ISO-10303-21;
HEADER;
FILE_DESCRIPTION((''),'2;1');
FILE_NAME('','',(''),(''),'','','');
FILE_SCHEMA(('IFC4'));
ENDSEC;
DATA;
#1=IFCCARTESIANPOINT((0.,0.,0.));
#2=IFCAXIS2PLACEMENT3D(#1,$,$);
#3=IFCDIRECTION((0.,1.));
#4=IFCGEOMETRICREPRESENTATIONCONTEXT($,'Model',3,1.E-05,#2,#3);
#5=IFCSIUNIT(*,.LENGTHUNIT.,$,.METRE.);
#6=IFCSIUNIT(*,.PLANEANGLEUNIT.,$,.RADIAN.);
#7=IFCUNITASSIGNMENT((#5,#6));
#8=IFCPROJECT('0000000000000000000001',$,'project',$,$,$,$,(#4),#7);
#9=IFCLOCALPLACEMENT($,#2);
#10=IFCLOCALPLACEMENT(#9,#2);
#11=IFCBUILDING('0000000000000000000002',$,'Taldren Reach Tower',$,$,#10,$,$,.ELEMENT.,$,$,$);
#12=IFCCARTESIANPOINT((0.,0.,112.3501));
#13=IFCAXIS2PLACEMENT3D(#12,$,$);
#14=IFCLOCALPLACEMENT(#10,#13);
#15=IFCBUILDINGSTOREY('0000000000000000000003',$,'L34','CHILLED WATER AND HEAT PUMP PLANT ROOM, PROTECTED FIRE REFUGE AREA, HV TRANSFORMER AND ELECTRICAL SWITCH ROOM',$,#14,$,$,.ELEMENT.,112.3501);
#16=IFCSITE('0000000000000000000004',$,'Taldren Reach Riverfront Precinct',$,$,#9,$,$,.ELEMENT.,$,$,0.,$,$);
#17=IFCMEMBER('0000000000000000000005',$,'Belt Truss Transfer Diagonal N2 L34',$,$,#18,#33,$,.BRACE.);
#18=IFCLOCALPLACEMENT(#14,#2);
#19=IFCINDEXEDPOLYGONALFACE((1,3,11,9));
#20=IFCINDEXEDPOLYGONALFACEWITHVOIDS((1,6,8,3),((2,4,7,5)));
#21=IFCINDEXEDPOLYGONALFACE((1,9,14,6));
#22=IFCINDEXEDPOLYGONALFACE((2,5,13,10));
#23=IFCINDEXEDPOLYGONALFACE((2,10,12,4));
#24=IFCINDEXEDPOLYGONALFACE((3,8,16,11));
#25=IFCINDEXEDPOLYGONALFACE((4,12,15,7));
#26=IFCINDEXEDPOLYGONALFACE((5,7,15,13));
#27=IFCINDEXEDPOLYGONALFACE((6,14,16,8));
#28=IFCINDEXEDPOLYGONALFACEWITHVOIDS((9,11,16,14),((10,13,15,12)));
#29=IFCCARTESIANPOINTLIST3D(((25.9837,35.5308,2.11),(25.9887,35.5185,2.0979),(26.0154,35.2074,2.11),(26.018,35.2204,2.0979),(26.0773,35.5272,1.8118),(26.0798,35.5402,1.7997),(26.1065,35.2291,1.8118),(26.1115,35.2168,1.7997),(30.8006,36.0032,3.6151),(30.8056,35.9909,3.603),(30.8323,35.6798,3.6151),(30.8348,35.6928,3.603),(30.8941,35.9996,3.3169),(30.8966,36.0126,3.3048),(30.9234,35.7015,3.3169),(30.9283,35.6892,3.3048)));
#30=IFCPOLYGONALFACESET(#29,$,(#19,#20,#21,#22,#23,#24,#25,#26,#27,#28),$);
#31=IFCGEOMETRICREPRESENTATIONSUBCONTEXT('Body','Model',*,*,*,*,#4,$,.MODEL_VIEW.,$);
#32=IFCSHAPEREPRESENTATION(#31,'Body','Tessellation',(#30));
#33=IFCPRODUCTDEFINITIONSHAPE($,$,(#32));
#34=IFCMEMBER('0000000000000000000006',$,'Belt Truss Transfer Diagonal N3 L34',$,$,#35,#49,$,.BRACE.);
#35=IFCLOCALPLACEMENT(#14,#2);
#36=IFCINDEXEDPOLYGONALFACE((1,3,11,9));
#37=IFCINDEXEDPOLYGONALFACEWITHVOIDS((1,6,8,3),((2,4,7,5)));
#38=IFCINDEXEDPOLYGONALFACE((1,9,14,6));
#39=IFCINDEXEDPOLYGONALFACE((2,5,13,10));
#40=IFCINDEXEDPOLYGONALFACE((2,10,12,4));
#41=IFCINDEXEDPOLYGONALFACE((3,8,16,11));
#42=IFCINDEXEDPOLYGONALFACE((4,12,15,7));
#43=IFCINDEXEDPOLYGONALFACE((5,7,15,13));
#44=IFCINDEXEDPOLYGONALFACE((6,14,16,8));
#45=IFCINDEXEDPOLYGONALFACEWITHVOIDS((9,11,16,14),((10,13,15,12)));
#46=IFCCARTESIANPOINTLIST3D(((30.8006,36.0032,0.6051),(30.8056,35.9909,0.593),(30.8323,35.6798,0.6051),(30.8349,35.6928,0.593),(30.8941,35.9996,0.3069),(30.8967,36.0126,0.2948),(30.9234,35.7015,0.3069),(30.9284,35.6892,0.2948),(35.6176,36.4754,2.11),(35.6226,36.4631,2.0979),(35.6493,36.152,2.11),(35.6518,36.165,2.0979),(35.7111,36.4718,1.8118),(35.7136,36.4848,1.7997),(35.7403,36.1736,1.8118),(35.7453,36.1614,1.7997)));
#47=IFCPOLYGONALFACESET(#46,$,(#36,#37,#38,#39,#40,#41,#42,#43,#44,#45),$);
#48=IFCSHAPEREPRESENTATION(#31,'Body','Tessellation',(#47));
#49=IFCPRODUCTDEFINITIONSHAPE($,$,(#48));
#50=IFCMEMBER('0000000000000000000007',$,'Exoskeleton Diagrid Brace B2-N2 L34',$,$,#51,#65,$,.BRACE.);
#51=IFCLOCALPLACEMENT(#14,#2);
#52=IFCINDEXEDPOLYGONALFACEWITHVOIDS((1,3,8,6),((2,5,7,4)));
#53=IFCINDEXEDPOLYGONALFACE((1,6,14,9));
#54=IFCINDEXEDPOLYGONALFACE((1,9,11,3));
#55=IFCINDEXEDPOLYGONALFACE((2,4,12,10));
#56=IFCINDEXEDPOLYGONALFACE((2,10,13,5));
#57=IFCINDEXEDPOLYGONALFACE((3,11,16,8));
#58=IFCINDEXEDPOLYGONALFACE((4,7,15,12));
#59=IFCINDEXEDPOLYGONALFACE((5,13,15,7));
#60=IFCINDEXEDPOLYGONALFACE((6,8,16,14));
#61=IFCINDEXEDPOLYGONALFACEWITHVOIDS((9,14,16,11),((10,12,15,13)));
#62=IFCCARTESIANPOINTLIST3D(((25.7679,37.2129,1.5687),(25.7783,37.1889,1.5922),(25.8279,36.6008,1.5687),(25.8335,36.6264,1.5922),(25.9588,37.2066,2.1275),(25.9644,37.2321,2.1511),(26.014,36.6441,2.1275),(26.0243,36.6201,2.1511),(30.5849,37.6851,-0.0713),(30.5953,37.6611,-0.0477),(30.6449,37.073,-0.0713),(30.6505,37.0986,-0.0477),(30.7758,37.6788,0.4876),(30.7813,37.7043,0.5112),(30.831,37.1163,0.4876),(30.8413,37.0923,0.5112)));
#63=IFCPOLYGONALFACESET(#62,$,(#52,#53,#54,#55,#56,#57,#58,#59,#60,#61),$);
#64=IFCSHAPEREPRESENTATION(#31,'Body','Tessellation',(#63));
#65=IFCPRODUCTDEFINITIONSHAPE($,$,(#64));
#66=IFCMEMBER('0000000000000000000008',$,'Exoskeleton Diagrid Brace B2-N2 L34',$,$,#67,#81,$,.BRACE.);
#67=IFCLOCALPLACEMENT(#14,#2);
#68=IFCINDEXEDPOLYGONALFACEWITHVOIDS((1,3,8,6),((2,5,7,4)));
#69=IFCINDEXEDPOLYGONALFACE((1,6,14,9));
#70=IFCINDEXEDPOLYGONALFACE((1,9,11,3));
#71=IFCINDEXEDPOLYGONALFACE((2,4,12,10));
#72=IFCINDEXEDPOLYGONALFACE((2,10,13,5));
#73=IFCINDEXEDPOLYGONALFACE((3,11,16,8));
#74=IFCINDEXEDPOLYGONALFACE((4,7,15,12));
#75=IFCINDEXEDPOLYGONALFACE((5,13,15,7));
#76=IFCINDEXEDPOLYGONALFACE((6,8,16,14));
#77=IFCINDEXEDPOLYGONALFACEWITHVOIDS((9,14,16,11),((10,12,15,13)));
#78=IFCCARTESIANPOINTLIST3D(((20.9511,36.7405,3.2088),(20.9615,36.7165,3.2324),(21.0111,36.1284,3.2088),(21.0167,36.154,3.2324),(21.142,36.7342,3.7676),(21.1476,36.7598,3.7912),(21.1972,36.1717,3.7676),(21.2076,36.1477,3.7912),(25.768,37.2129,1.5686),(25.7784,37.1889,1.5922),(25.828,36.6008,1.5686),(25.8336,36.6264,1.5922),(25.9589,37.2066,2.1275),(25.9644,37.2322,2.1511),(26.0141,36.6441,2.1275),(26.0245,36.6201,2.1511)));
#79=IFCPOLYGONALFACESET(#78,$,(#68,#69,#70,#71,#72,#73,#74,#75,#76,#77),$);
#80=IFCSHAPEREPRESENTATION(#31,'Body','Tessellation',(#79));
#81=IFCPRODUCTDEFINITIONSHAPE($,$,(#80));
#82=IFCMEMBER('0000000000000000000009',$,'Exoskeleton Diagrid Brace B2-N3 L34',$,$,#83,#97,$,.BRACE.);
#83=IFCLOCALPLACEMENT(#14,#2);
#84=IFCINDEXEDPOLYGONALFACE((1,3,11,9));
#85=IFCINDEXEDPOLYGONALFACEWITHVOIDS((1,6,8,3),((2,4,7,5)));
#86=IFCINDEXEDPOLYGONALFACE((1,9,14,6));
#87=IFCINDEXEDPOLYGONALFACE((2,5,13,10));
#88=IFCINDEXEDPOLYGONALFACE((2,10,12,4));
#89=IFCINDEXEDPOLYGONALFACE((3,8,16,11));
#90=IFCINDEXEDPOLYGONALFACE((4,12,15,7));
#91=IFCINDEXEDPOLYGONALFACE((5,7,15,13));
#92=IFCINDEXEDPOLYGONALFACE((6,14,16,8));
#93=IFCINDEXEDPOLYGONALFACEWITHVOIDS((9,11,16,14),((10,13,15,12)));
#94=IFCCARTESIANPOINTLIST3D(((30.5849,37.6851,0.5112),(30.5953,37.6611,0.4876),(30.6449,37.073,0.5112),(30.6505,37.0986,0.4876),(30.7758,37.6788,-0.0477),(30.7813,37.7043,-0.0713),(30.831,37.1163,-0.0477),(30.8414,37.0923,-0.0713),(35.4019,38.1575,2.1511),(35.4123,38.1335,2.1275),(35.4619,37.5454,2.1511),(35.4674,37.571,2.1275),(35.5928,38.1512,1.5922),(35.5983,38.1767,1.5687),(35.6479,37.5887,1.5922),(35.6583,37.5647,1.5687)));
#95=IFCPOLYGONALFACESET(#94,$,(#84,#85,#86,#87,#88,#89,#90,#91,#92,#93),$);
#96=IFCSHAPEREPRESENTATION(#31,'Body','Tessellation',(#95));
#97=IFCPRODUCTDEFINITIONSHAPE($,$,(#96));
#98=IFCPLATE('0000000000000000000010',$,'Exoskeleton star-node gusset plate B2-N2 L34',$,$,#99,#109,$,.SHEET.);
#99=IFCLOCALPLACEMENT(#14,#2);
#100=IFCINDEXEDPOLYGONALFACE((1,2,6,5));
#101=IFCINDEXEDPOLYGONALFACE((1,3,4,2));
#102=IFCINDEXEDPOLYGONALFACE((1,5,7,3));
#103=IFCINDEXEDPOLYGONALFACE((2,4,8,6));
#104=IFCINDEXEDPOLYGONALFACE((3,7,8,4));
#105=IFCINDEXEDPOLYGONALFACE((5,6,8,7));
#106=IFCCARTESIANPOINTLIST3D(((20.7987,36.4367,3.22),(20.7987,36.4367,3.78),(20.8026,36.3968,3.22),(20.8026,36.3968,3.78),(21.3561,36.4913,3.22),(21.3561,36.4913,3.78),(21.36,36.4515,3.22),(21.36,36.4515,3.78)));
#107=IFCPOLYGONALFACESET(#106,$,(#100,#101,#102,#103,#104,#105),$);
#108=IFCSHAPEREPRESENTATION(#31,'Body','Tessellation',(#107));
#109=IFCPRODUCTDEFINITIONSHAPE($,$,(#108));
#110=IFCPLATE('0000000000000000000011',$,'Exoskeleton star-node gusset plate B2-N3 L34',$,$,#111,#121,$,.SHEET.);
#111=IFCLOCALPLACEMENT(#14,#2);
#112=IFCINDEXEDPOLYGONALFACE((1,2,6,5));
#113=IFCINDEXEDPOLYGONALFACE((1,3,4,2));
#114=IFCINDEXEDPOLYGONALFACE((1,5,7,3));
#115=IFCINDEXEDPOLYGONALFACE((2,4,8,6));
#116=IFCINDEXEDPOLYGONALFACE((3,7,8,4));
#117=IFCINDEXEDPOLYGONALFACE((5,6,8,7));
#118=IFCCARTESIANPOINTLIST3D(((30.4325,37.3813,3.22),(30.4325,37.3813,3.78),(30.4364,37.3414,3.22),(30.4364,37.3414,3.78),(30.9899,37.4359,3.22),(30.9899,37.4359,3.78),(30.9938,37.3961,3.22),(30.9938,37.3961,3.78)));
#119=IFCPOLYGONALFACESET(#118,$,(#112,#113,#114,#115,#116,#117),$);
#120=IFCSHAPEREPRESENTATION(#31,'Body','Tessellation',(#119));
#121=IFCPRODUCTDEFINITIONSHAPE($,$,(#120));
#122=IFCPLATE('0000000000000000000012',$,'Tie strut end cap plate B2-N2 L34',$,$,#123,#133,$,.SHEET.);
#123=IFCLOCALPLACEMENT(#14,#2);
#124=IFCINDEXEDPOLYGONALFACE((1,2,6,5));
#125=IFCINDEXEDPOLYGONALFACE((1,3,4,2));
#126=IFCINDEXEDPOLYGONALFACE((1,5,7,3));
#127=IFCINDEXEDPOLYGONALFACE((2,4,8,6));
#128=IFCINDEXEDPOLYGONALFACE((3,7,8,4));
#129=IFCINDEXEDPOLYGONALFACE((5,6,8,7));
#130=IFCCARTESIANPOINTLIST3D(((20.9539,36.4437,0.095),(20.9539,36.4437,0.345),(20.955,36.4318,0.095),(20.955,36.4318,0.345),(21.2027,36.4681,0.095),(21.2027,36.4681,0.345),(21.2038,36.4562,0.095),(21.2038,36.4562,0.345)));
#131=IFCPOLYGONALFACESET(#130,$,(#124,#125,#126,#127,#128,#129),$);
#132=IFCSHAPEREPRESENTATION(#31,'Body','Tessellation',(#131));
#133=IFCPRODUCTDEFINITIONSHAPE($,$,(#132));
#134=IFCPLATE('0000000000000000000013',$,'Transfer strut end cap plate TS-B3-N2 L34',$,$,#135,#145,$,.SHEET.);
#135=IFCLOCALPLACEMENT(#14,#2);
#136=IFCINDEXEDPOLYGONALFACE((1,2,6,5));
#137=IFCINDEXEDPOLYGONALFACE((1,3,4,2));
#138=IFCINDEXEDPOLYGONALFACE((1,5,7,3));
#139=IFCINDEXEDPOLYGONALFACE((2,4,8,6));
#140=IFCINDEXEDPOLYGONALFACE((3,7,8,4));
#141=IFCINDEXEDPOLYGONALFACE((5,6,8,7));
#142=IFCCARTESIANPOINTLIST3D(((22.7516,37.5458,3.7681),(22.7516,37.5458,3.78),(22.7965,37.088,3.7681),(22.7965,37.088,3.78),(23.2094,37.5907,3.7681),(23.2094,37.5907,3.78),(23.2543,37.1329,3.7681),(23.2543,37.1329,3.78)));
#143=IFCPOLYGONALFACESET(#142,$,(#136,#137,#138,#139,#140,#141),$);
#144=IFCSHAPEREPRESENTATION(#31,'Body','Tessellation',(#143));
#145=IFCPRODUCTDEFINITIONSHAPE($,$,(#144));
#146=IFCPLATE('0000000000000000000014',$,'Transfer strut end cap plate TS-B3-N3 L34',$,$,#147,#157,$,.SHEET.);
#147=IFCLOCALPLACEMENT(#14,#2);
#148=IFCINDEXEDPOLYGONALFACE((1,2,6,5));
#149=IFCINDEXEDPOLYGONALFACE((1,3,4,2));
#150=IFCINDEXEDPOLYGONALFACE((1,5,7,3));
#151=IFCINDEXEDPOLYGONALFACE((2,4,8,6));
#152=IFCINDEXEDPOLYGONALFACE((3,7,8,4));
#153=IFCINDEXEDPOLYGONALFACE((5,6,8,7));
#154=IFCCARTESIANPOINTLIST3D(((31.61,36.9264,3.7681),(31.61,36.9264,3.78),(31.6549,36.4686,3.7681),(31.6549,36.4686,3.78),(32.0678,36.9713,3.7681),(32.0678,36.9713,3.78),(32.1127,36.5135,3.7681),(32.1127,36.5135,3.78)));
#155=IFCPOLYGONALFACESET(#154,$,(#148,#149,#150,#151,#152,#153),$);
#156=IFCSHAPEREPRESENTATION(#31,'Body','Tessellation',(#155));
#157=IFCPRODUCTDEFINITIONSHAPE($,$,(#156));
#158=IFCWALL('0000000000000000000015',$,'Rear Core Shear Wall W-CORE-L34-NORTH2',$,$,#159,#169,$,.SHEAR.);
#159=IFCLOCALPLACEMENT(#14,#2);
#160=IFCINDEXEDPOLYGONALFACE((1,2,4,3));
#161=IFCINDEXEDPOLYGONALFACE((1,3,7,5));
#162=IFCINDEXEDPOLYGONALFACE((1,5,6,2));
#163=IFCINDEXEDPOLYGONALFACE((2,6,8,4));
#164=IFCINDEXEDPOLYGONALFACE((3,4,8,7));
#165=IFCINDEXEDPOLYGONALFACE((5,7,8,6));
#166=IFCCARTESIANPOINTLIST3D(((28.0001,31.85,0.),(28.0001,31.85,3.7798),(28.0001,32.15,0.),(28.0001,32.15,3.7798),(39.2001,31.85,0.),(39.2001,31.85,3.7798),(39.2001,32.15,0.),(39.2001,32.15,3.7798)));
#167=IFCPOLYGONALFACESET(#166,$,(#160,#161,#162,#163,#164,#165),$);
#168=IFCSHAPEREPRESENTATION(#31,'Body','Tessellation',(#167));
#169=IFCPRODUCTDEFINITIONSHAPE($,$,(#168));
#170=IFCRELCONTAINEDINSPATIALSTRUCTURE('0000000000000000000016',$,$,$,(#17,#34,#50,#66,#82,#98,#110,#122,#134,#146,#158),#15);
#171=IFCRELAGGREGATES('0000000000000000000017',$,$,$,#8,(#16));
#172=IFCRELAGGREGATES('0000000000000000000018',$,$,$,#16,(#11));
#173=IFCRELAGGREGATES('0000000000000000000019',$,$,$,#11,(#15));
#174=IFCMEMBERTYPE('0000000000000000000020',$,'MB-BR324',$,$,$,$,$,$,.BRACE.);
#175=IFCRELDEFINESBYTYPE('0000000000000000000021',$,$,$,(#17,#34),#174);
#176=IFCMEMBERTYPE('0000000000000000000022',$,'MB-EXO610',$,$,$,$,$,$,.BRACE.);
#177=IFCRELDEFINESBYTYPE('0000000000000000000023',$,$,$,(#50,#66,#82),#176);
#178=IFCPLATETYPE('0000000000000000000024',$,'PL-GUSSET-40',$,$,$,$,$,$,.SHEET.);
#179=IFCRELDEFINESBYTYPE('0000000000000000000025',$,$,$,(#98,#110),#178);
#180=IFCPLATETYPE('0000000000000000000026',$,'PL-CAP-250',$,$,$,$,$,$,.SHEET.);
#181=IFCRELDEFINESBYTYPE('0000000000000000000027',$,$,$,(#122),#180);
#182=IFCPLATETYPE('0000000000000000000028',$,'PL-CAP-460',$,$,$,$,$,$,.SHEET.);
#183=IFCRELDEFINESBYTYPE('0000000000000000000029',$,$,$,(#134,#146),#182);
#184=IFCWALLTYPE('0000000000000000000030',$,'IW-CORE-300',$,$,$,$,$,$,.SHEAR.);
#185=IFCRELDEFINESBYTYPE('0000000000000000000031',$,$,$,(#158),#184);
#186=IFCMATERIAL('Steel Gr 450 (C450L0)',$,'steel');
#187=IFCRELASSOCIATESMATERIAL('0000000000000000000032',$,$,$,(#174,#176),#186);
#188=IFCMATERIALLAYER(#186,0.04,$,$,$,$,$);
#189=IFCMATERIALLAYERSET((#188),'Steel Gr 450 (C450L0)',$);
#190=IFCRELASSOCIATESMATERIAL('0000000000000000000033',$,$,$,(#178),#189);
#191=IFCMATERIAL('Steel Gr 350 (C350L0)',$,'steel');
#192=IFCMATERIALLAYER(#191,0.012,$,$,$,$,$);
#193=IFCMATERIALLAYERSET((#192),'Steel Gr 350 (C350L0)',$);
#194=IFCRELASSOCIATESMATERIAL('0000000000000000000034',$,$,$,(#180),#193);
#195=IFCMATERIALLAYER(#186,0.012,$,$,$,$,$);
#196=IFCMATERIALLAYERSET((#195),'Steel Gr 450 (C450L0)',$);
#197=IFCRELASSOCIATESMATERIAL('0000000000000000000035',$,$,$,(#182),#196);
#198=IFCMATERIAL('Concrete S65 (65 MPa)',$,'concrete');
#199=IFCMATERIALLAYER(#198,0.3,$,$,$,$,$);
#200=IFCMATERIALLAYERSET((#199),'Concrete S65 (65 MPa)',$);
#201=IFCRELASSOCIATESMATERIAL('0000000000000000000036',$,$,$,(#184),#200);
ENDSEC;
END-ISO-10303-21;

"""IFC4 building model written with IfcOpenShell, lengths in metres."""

from ifc_helpers import new_model, si_unit, direction, frame, frame_2d, origin, origin_2d, place, context, subcontext, project, spatial, rectangle, hollow_rectangle, extrude, source, transform, mapped, material, layer, layer_set, material_profile, profile_set, type_object, element, save


model = new_model("IFC4")

# Units and contexts
model_context = context("Model", 3, precision=1e-05, world=origin(), true_north=direction((0.0, 1.0)))
body_context = subcontext(model_context, "Body", "Model", "MODEL_VIEW")
ifc_project = project(units=[si_unit("LENGTHUNIT", "METRE"), si_unit("PLANEANGLEUNIT", "RADIAN")], contexts=[model_context])

# Site, building, storey
site_placement = place(None, origin())
site = spatial("IfcSite", under=ifc_project, at=site_placement, Name="Taldren Reach Riverfront Precinct", CompositionType="ELEMENT", RefElevation=0.0)
building_placement = place(site_placement, origin())
building = spatial("IfcBuilding", under=site, at=building_placement, Name="Taldren Reach Tower", CompositionType="ELEMENT")
storey_placement = place(building_placement, frame((0.0, 0.0, 112.3501)))
storey = spatial("IfcBuildingStorey", under=building, at=storey_placement, Name="L34", Description="CHILLED WATER AND HEAT PUMP PLANT ROOM, PROTECTED FIRE REFUGE AREA, HV TRANSFORMER AND ELECTRICAL SWITCH ROOM", CompositionType="ELEMENT", Elevation=112.3501)

# Shared definitions
ifc_material_1 = material(Name="Steel Gr 450 (C450L0)", Category="steel")
ifc_material_2 = material(Name="Steel Gr 350 (C350L0)", Category="steel")

# Members
ifc_material_profile_1 = material_profile(ifc_material_1, hollow_rectangle(XDim=0.325, YDim=0.325, WallThickness=0.0127, at=origin_2d()), Name="325x325x12.7SHS")
ifc_profile_set_1 = profile_set([ifc_material_profile_1], Name="Steel Gr 450 (C450L0)")
member_type_1 = type_object("IfcMemberType", Name="MB-BR324", PredefinedType="BRACE", material=ifc_profile_set_1)
shared_shape_1 = source(origin(), body_context, "Body", "SweptSolid", [
    extrude(hollow_rectangle(XDim=0.325, YDim=0.325, WallThickness=0.0127, at=origin_2d()), origin(), (0.0, 0.0, 1.0), 5.0686),
])
for number, where, z_axis, x_axis, name in (
    (1, (26.0476, 35.3738, 1.9548), (0.950334, 0.093203, 0.296949), (-0.097606, 0.995225, 0.0), "Belt Truss Transfer Diagonal N2 L34"),
    (2, (30.8645, 35.8462, 0.45), (0.950352, 0.093157, 0.296907), (-0.097556, 0.99523, 0.0), "Belt Truss Transfer Diagonal N3 L34"),
):
    element("IfcMember", number, at=place(storey_placement, frame(where, z_axis=z_axis, x_axis=x_axis)), inside=storey, type_object=member_type_1, Name=name, PredefinedType="BRACE", context=body_context, shape_type="MappedRepresentation", body=[
        mapped(shared_shape_1, transform((0.0, 0.0, 0.0), scale=1.0)),
    ])
ifc_material_profile_2 = material_profile(ifc_material_1, hollow_rectangle(XDim=0.615, YDim=0.615, WallThickness=0.0249, at=origin_2d()), Name="615x615x25.0SHS")
ifc_profile_set_2 = profile_set([ifc_material_profile_2], Name="Steel Gr 450 (C450L0)")
member_type_2 = type_object("IfcMemberType", Name="MB-EXO610", PredefinedType="BRACE", material=ifc_profile_set_2)
shared_shape_2 = source(origin(), body_context, "Body", "SweptSolid", [
    extrude(hollow_rectangle(XDim=0.615, YDim=0.615, WallThickness=0.0249, at=origin_2d()), origin(), (0.0, 0.0, 1.0), 5.1104),
])
for number, where, z_axis, x_axis, name in (
    (3, (30.7131, 37.3887, 0.22), (-0.942595, -0.092396, 0.320903), (0.097556, -0.99523, 0.0), "Exoskeleton Diagrid Brace B2-N2 L34"),
    (4, (25.8962, 36.9165, 1.8599), (-0.942576, -0.092442, 0.320944), (0.097606, -0.995225, 0.0), "Exoskeleton Diagrid Brace B2-N2 L34"),
    (5, (30.7131, 37.3887, 0.22), (0.94259, 0.092444, 0.320901), (-0.097606, 0.995225, 0.0), "Exoskeleton Diagrid Brace B2-N3 L34"),
):
    element("IfcMember", number, at=place(storey_placement, frame(where, z_axis=z_axis, x_axis=x_axis)), inside=storey, type_object=member_type_2, Name=name, PredefinedType="BRACE", context=body_context, shape_type="MappedRepresentation", body=[
        mapped(shared_shape_2, transform((0.0, 0.0, 0.0), scale=1.0)),
    ])

# Plates
ifc_layer_1 = layer(ifc_material_1, 0.04)
ifc_layer_set_1 = layer_set([ifc_layer_1], Name="Steel Gr 450 (C450L0)")
plate_type_1 = type_object("IfcPlateType", Name="PL-GUSSET-40", PredefinedType="SHEET", material=ifc_layer_set_1)
shared_shape_3 = source(origin(), body_context, "Body", "SweptSolid", [
    extrude(rectangle(XDim=0.5601, YDim=0.04, at=origin_2d()), origin(), (0.0, 0.0, 1.0), 0.5601),
])
for number, where, z_axis, x_axis, name in (
    (6, (21.0793, 36.4441, 3.22), (0.0, 0.0, 1.0), (0.995227, 0.097583, 0.0), "Exoskeleton star-node gusset plate B2-N2 L34"),
    (7, (30.7131, 37.3887, 3.22), (0.0, 0.0, 1.0), (0.995227, 0.097583, 0.0), "Exoskeleton star-node gusset plate B2-N3 L34"),
):
    element("IfcPlate", number, at=place(storey_placement, frame(where, z_axis=z_axis, x_axis=x_axis)), inside=storey, type_object=plate_type_1, Name=name, PredefinedType="SHEET", context=body_context, shape_type="MappedRepresentation", body=[
        mapped(shared_shape_3, transform((0.0, 0.0, 0.0), scale=1.0)),
    ])
ifc_layer_2 = layer(ifc_material_2, 0.012)
ifc_layer_set_2 = layer_set([ifc_layer_2], Name="Steel Gr 350 (C350L0)")
plate_type_2 = type_object("IfcPlateType", Name="PL-CAP-250", PredefinedType="SHEET", material=ifc_layer_set_2)
shared_shape_4 = source(origin(), body_context, "Body", "SweptSolid", [
    extrude(rectangle(XDim=0.25, YDim=0.012, at=origin_2d()), origin(), (0.0, 0.0, 1.0), 0.25),
])
plate_placement = place(storey_placement, frame((21.0789, 36.45, 0.095), z_axis=(0.0, 0.0, 1.0), x_axis=(0.995227, 0.097583, 0.0)))
element("IfcPlate", 8, at=plate_placement, inside=storey, type_object=plate_type_2, Name="Tie strut end cap plate B2-N2 L34", PredefinedType="SHEET", context=body_context, shape_type="MappedRepresentation", body=[
    mapped(shared_shape_4, transform((0.0, 0.0, 0.0), scale=1.0)),
])
ifc_layer_3 = layer(ifc_material_1, 0.012)
ifc_layer_set_3 = layer_set([ifc_layer_3], Name="Steel Gr 450 (C450L0)")
plate_type_3 = type_object("IfcPlateType", Name="PL-CAP-460", PredefinedType="SHEET", material=ifc_layer_set_3)
shared_shape_5 = source(origin(), body_context, "Body", "SweptSolid", [
    extrude(rectangle(XDim=0.46, YDim=0.46, at=origin_2d()), origin(), (0.0, 0.0, 1.0), 0.012),
])
for number, where, z_axis, x_axis, name in (
    (9, (23.0029, 37.3394, 3.7681), (0.0, 0.0, 1.0), (0.995227, 0.097583, 0.0), "Transfer strut end cap plate TS-B3-N2 L34"),
    (10, (31.8613, 36.72, 3.7681), (0.0, 0.0, 1.0), (0.995227, 0.097583, 0.0), "Transfer strut end cap plate TS-B3-N3 L34"),
):
    element("IfcPlate", number, at=place(storey_placement, frame(where, z_axis=z_axis, x_axis=x_axis)), inside=storey, type_object=plate_type_3, Name=name, PredefinedType="SHEET", context=body_context, shape_type="MappedRepresentation", body=[
        mapped(shared_shape_5, transform((0.0, 0.0, 0.0), scale=1.0)),
    ])

# Wall
ifc_material_3 = material(Name="Concrete S65 (65 MPa)", Category="concrete")
ifc_layer_4 = layer(ifc_material_3, 0.3)
ifc_layer_set_4 = layer_set([ifc_layer_4], Name="Concrete S65 (65 MPa)")
wall_type = type_object("IfcWallType", Name="IW-CORE-300", PredefinedType="SHEAR", material=ifc_layer_set_4)
shared_shape_6 = source(origin(), body_context, "Body", "SweptSolid", [
    extrude(rectangle(XDim=11.2, YDim=0.3, at=frame_2d((5.6001, 0.0))), origin(), (0.0, 0.0, 1.0), 3.7798),
])
wall_placement = place(storey_placement, frame((28.0, 32.0, 0.0), z_axis=(0.0, 0.0, 1.0), x_axis=(1.0, 0.0, 0.0)))
element("IfcWall", 11, at=wall_placement, inside=storey, type_object=wall_type, Name="Rear Core Shear Wall W-CORE-L34-NORTH2", PredefinedType="SHEAR", context=body_context, shape_type="MappedRepresentation", body=[
    mapped(shared_shape_6, transform((0.0, 0.0, 0.0), scale=1.0)),
])

save(model, "model.ifc")
